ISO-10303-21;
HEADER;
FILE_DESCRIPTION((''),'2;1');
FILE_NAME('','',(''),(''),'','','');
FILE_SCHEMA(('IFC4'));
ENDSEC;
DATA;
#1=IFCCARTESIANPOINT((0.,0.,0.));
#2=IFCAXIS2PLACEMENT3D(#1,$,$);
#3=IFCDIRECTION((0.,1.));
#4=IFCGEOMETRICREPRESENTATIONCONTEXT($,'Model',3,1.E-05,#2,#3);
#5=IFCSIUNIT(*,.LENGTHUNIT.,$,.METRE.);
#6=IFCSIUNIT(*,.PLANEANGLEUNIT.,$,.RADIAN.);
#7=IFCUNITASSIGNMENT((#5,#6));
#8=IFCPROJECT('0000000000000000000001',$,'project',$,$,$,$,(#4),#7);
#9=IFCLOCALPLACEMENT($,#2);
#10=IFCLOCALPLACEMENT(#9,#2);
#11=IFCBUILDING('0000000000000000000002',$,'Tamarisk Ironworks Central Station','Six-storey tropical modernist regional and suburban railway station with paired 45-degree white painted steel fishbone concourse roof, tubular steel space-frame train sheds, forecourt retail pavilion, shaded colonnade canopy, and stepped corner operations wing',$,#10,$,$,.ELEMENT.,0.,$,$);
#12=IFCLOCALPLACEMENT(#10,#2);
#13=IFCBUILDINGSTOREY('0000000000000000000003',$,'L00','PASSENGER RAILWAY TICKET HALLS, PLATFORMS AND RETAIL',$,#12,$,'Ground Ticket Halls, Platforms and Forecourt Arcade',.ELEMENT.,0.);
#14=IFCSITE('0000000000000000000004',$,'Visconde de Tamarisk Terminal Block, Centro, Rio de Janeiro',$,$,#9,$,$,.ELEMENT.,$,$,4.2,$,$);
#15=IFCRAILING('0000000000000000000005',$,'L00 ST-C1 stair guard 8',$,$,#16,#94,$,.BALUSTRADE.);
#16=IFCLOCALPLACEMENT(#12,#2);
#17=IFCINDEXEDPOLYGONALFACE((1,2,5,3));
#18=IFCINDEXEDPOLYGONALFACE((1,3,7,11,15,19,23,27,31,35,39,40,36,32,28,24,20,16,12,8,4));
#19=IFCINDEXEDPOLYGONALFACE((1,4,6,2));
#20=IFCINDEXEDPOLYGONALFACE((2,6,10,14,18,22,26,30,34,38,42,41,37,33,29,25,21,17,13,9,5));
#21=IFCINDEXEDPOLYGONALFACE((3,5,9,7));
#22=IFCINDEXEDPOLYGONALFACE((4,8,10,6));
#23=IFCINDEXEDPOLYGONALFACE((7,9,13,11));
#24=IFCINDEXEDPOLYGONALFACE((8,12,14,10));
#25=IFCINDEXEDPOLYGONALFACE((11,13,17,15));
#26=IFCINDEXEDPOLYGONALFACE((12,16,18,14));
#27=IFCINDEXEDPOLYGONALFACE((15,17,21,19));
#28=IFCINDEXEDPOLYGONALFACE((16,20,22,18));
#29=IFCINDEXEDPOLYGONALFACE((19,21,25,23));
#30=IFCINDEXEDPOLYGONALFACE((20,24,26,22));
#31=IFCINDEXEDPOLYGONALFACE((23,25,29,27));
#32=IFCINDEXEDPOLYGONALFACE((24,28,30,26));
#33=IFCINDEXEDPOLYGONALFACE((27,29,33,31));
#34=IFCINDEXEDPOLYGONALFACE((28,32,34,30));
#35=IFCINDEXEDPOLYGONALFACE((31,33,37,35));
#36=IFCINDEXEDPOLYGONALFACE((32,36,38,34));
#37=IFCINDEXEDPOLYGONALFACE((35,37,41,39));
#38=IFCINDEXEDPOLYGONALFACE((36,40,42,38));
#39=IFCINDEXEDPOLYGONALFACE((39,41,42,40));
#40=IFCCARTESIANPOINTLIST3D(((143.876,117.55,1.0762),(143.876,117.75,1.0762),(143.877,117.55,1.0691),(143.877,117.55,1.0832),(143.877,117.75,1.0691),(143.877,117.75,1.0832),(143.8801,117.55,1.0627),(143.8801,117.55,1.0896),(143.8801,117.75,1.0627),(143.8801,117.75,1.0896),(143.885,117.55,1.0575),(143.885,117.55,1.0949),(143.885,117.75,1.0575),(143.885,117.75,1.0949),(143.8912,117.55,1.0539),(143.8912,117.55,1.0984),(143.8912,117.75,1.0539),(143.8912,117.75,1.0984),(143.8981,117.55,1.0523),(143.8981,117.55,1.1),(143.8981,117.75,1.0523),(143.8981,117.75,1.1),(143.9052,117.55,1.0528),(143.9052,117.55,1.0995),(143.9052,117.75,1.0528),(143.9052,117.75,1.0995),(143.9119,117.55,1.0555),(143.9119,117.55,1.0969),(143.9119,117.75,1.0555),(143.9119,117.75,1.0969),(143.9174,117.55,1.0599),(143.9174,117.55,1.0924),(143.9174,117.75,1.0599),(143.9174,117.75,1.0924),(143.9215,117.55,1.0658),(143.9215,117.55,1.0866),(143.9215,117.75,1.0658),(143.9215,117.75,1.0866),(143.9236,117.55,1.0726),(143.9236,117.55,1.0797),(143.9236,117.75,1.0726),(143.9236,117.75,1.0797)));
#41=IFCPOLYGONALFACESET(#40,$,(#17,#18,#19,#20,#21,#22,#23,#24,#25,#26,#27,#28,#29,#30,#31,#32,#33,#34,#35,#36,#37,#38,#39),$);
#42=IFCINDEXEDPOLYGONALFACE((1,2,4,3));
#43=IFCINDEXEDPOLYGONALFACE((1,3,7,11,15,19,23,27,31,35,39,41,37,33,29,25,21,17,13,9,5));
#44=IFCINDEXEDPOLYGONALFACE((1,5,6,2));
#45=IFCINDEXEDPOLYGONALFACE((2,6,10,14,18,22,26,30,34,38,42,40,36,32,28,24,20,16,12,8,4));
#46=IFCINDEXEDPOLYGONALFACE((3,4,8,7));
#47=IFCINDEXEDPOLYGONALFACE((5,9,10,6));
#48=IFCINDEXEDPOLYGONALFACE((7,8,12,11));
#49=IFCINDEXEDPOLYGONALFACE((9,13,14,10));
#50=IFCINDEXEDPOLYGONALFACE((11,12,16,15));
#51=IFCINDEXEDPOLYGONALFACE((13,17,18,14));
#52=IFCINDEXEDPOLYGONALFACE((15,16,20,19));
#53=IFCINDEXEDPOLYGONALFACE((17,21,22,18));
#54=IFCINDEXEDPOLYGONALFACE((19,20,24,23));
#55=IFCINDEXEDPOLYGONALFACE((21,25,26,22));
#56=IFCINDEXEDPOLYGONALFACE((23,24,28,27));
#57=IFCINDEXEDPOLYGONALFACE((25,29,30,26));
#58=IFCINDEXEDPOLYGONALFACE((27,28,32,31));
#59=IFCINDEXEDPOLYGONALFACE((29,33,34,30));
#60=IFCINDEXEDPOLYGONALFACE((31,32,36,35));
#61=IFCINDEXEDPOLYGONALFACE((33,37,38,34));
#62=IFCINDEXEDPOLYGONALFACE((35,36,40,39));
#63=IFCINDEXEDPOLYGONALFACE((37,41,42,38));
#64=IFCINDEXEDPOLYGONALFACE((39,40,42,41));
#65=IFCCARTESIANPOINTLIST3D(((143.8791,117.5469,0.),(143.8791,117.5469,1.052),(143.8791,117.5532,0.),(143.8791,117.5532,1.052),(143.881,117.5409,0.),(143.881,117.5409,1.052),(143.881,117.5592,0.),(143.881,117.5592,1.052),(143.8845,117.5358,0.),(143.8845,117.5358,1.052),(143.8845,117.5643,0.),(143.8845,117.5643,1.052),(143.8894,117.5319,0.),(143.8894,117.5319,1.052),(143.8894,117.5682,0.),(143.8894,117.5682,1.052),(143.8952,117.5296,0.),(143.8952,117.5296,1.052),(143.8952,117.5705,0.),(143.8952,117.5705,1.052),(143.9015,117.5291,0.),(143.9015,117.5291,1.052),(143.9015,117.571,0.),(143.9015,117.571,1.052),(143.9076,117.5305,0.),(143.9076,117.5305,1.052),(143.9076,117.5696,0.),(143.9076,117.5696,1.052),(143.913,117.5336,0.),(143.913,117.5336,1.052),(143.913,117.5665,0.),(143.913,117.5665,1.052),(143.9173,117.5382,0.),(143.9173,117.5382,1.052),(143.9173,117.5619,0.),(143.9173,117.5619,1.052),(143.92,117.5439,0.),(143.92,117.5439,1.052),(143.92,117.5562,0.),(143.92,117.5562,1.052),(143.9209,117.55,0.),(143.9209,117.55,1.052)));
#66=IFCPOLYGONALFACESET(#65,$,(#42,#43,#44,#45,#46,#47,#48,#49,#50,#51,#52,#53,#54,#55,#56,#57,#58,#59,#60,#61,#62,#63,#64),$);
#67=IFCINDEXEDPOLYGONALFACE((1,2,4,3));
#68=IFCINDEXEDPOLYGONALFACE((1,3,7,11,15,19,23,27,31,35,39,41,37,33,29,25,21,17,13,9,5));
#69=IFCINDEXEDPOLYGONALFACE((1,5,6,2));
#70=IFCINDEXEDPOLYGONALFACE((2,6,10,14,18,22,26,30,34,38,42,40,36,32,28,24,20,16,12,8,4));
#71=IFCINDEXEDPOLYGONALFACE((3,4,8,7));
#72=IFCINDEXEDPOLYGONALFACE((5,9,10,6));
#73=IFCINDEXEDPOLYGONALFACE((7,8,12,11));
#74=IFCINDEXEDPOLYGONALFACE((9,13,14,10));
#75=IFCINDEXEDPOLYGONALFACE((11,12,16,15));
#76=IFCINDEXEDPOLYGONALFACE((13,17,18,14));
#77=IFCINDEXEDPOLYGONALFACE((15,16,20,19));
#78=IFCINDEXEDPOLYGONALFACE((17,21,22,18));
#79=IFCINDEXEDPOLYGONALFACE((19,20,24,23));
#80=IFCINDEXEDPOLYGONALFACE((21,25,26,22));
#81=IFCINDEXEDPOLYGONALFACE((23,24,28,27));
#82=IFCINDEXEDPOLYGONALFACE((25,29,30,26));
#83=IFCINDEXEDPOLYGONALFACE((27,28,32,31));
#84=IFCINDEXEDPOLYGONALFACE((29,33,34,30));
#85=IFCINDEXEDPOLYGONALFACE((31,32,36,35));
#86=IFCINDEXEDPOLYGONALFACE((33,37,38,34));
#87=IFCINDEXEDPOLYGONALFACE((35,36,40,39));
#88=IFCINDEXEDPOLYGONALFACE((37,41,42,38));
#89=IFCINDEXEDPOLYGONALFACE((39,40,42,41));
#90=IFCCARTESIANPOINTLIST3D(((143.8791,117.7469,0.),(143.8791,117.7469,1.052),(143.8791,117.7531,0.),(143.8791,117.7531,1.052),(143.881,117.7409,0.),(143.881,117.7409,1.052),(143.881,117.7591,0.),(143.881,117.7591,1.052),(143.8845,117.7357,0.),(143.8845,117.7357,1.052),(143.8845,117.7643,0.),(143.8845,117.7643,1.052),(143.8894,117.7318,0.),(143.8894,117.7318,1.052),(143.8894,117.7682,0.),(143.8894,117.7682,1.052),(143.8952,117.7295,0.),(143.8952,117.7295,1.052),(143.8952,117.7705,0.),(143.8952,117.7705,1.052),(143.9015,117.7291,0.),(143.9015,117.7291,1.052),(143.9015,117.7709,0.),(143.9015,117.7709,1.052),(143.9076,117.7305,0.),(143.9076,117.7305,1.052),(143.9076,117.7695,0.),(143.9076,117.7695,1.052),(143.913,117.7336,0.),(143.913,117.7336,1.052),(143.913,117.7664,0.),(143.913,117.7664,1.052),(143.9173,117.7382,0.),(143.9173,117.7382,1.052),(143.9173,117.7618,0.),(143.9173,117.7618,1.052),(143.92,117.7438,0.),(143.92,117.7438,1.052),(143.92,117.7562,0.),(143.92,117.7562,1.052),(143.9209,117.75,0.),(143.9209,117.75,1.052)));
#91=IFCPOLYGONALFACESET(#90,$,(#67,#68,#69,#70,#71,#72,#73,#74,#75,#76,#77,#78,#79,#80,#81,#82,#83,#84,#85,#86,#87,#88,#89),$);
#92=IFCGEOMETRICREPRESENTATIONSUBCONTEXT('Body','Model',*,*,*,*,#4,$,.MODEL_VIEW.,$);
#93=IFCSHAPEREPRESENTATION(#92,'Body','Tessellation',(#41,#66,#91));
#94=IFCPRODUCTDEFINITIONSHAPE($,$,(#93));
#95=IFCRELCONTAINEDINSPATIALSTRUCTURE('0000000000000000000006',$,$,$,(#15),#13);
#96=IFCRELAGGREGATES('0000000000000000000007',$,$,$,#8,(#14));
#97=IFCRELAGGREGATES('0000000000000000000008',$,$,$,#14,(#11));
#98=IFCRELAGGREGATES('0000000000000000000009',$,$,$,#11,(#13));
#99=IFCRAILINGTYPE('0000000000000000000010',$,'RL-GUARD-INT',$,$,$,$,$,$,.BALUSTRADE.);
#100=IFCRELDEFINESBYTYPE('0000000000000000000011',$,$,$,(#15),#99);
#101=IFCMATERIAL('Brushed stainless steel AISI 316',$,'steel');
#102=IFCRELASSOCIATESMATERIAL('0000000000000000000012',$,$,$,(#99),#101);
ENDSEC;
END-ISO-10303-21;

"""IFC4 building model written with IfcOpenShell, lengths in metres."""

from ifc_helpers import new_model, si_unit, direction, frame, origin, origin_2d, place, context, subcontext, project, spatial, circle, extrude, material, type_object, element, save


model = new_model("IFC4")

# Units and contexts
model_context = context("Model", 3, precision=1e-05, world=origin(), true_north=direction((0.0, 1.0)))
body_context = subcontext(model_context, "Body", "Model", "MODEL_VIEW")
ifc_project = project(units=[si_unit("LENGTHUNIT", "METRE"), si_unit("PLANEANGLEUNIT", "RADIAN")], contexts=[model_context])

# Site, building, storey
site_placement = place(None, origin())
site = spatial("IfcSite", under=ifc_project, at=site_placement, Name="Visconde de Tamarisk Terminal Block, Centro, Rio de Janeiro", CompositionType="ELEMENT", RefElevation=4.2)
building_placement = place(site_placement, origin())
building = spatial("IfcBuilding", under=site, at=building_placement, Name="Tamarisk Ironworks Central Station", Description="Six-storey tropical modernist regional and suburban railway station with paired 45-degree white painted steel fishbone concourse roof, tubular steel space-frame train sheds, forecourt retail pavilion, shaded colonnade canopy, and stepped corner operations wing", CompositionType="ELEMENT", ElevationOfRefHeight=0.0)
storey_placement = place(building_placement, origin())
storey = spatial("IfcBuildingStorey", under=building, at=storey_placement, Name="L00", Description="PASSENGER RAILWAY TICKET HALLS, PLATFORMS AND RETAIL", LongName="Ground Ticket Halls, Platforms and Forecourt Arcade", CompositionType="ELEMENT", Elevation=0.0)

# Railing
ifc_material_1 = material(Name="Brushed stainless steel AISI 316", Category="steel")
railing_type_1 = type_object("IfcRailingType", Name="RL-GUARD-INT", PredefinedType="BALUSTRADE", material=ifc_material_1)
railing_1_placement = place(storey_placement, frame((143.8999, 117.55, 0.0)))
element("IfcRailing", 1, at=railing_1_placement, inside=storey, type_object=railing_type_1, Name="L00 ST-C1 stair guard 8", PredefinedType="BALUSTRADE", context=body_context, shape_type="SweptSolid", body=[
    extrude(circle(Radius=0.0239, at=origin_2d()), frame((0.0, 0.0, 1.0762), z_axis=(0.0, 1.0, 0.0), x_axis=(-1.0, 0.0, 0.0)), (0.0, 0.0, 1.0), 0.2),
    extrude(circle(Radius=0.021, at=origin_2d()), origin(), (0.0, 0.0, 1.0), 1.052),
    extrude(circle(Radius=0.021, at=origin_2d()), frame((0.0, 0.2, 0.0)), (0.0, 0.0, 1.0), 1.052),
])

save(model, "model.ifc")
